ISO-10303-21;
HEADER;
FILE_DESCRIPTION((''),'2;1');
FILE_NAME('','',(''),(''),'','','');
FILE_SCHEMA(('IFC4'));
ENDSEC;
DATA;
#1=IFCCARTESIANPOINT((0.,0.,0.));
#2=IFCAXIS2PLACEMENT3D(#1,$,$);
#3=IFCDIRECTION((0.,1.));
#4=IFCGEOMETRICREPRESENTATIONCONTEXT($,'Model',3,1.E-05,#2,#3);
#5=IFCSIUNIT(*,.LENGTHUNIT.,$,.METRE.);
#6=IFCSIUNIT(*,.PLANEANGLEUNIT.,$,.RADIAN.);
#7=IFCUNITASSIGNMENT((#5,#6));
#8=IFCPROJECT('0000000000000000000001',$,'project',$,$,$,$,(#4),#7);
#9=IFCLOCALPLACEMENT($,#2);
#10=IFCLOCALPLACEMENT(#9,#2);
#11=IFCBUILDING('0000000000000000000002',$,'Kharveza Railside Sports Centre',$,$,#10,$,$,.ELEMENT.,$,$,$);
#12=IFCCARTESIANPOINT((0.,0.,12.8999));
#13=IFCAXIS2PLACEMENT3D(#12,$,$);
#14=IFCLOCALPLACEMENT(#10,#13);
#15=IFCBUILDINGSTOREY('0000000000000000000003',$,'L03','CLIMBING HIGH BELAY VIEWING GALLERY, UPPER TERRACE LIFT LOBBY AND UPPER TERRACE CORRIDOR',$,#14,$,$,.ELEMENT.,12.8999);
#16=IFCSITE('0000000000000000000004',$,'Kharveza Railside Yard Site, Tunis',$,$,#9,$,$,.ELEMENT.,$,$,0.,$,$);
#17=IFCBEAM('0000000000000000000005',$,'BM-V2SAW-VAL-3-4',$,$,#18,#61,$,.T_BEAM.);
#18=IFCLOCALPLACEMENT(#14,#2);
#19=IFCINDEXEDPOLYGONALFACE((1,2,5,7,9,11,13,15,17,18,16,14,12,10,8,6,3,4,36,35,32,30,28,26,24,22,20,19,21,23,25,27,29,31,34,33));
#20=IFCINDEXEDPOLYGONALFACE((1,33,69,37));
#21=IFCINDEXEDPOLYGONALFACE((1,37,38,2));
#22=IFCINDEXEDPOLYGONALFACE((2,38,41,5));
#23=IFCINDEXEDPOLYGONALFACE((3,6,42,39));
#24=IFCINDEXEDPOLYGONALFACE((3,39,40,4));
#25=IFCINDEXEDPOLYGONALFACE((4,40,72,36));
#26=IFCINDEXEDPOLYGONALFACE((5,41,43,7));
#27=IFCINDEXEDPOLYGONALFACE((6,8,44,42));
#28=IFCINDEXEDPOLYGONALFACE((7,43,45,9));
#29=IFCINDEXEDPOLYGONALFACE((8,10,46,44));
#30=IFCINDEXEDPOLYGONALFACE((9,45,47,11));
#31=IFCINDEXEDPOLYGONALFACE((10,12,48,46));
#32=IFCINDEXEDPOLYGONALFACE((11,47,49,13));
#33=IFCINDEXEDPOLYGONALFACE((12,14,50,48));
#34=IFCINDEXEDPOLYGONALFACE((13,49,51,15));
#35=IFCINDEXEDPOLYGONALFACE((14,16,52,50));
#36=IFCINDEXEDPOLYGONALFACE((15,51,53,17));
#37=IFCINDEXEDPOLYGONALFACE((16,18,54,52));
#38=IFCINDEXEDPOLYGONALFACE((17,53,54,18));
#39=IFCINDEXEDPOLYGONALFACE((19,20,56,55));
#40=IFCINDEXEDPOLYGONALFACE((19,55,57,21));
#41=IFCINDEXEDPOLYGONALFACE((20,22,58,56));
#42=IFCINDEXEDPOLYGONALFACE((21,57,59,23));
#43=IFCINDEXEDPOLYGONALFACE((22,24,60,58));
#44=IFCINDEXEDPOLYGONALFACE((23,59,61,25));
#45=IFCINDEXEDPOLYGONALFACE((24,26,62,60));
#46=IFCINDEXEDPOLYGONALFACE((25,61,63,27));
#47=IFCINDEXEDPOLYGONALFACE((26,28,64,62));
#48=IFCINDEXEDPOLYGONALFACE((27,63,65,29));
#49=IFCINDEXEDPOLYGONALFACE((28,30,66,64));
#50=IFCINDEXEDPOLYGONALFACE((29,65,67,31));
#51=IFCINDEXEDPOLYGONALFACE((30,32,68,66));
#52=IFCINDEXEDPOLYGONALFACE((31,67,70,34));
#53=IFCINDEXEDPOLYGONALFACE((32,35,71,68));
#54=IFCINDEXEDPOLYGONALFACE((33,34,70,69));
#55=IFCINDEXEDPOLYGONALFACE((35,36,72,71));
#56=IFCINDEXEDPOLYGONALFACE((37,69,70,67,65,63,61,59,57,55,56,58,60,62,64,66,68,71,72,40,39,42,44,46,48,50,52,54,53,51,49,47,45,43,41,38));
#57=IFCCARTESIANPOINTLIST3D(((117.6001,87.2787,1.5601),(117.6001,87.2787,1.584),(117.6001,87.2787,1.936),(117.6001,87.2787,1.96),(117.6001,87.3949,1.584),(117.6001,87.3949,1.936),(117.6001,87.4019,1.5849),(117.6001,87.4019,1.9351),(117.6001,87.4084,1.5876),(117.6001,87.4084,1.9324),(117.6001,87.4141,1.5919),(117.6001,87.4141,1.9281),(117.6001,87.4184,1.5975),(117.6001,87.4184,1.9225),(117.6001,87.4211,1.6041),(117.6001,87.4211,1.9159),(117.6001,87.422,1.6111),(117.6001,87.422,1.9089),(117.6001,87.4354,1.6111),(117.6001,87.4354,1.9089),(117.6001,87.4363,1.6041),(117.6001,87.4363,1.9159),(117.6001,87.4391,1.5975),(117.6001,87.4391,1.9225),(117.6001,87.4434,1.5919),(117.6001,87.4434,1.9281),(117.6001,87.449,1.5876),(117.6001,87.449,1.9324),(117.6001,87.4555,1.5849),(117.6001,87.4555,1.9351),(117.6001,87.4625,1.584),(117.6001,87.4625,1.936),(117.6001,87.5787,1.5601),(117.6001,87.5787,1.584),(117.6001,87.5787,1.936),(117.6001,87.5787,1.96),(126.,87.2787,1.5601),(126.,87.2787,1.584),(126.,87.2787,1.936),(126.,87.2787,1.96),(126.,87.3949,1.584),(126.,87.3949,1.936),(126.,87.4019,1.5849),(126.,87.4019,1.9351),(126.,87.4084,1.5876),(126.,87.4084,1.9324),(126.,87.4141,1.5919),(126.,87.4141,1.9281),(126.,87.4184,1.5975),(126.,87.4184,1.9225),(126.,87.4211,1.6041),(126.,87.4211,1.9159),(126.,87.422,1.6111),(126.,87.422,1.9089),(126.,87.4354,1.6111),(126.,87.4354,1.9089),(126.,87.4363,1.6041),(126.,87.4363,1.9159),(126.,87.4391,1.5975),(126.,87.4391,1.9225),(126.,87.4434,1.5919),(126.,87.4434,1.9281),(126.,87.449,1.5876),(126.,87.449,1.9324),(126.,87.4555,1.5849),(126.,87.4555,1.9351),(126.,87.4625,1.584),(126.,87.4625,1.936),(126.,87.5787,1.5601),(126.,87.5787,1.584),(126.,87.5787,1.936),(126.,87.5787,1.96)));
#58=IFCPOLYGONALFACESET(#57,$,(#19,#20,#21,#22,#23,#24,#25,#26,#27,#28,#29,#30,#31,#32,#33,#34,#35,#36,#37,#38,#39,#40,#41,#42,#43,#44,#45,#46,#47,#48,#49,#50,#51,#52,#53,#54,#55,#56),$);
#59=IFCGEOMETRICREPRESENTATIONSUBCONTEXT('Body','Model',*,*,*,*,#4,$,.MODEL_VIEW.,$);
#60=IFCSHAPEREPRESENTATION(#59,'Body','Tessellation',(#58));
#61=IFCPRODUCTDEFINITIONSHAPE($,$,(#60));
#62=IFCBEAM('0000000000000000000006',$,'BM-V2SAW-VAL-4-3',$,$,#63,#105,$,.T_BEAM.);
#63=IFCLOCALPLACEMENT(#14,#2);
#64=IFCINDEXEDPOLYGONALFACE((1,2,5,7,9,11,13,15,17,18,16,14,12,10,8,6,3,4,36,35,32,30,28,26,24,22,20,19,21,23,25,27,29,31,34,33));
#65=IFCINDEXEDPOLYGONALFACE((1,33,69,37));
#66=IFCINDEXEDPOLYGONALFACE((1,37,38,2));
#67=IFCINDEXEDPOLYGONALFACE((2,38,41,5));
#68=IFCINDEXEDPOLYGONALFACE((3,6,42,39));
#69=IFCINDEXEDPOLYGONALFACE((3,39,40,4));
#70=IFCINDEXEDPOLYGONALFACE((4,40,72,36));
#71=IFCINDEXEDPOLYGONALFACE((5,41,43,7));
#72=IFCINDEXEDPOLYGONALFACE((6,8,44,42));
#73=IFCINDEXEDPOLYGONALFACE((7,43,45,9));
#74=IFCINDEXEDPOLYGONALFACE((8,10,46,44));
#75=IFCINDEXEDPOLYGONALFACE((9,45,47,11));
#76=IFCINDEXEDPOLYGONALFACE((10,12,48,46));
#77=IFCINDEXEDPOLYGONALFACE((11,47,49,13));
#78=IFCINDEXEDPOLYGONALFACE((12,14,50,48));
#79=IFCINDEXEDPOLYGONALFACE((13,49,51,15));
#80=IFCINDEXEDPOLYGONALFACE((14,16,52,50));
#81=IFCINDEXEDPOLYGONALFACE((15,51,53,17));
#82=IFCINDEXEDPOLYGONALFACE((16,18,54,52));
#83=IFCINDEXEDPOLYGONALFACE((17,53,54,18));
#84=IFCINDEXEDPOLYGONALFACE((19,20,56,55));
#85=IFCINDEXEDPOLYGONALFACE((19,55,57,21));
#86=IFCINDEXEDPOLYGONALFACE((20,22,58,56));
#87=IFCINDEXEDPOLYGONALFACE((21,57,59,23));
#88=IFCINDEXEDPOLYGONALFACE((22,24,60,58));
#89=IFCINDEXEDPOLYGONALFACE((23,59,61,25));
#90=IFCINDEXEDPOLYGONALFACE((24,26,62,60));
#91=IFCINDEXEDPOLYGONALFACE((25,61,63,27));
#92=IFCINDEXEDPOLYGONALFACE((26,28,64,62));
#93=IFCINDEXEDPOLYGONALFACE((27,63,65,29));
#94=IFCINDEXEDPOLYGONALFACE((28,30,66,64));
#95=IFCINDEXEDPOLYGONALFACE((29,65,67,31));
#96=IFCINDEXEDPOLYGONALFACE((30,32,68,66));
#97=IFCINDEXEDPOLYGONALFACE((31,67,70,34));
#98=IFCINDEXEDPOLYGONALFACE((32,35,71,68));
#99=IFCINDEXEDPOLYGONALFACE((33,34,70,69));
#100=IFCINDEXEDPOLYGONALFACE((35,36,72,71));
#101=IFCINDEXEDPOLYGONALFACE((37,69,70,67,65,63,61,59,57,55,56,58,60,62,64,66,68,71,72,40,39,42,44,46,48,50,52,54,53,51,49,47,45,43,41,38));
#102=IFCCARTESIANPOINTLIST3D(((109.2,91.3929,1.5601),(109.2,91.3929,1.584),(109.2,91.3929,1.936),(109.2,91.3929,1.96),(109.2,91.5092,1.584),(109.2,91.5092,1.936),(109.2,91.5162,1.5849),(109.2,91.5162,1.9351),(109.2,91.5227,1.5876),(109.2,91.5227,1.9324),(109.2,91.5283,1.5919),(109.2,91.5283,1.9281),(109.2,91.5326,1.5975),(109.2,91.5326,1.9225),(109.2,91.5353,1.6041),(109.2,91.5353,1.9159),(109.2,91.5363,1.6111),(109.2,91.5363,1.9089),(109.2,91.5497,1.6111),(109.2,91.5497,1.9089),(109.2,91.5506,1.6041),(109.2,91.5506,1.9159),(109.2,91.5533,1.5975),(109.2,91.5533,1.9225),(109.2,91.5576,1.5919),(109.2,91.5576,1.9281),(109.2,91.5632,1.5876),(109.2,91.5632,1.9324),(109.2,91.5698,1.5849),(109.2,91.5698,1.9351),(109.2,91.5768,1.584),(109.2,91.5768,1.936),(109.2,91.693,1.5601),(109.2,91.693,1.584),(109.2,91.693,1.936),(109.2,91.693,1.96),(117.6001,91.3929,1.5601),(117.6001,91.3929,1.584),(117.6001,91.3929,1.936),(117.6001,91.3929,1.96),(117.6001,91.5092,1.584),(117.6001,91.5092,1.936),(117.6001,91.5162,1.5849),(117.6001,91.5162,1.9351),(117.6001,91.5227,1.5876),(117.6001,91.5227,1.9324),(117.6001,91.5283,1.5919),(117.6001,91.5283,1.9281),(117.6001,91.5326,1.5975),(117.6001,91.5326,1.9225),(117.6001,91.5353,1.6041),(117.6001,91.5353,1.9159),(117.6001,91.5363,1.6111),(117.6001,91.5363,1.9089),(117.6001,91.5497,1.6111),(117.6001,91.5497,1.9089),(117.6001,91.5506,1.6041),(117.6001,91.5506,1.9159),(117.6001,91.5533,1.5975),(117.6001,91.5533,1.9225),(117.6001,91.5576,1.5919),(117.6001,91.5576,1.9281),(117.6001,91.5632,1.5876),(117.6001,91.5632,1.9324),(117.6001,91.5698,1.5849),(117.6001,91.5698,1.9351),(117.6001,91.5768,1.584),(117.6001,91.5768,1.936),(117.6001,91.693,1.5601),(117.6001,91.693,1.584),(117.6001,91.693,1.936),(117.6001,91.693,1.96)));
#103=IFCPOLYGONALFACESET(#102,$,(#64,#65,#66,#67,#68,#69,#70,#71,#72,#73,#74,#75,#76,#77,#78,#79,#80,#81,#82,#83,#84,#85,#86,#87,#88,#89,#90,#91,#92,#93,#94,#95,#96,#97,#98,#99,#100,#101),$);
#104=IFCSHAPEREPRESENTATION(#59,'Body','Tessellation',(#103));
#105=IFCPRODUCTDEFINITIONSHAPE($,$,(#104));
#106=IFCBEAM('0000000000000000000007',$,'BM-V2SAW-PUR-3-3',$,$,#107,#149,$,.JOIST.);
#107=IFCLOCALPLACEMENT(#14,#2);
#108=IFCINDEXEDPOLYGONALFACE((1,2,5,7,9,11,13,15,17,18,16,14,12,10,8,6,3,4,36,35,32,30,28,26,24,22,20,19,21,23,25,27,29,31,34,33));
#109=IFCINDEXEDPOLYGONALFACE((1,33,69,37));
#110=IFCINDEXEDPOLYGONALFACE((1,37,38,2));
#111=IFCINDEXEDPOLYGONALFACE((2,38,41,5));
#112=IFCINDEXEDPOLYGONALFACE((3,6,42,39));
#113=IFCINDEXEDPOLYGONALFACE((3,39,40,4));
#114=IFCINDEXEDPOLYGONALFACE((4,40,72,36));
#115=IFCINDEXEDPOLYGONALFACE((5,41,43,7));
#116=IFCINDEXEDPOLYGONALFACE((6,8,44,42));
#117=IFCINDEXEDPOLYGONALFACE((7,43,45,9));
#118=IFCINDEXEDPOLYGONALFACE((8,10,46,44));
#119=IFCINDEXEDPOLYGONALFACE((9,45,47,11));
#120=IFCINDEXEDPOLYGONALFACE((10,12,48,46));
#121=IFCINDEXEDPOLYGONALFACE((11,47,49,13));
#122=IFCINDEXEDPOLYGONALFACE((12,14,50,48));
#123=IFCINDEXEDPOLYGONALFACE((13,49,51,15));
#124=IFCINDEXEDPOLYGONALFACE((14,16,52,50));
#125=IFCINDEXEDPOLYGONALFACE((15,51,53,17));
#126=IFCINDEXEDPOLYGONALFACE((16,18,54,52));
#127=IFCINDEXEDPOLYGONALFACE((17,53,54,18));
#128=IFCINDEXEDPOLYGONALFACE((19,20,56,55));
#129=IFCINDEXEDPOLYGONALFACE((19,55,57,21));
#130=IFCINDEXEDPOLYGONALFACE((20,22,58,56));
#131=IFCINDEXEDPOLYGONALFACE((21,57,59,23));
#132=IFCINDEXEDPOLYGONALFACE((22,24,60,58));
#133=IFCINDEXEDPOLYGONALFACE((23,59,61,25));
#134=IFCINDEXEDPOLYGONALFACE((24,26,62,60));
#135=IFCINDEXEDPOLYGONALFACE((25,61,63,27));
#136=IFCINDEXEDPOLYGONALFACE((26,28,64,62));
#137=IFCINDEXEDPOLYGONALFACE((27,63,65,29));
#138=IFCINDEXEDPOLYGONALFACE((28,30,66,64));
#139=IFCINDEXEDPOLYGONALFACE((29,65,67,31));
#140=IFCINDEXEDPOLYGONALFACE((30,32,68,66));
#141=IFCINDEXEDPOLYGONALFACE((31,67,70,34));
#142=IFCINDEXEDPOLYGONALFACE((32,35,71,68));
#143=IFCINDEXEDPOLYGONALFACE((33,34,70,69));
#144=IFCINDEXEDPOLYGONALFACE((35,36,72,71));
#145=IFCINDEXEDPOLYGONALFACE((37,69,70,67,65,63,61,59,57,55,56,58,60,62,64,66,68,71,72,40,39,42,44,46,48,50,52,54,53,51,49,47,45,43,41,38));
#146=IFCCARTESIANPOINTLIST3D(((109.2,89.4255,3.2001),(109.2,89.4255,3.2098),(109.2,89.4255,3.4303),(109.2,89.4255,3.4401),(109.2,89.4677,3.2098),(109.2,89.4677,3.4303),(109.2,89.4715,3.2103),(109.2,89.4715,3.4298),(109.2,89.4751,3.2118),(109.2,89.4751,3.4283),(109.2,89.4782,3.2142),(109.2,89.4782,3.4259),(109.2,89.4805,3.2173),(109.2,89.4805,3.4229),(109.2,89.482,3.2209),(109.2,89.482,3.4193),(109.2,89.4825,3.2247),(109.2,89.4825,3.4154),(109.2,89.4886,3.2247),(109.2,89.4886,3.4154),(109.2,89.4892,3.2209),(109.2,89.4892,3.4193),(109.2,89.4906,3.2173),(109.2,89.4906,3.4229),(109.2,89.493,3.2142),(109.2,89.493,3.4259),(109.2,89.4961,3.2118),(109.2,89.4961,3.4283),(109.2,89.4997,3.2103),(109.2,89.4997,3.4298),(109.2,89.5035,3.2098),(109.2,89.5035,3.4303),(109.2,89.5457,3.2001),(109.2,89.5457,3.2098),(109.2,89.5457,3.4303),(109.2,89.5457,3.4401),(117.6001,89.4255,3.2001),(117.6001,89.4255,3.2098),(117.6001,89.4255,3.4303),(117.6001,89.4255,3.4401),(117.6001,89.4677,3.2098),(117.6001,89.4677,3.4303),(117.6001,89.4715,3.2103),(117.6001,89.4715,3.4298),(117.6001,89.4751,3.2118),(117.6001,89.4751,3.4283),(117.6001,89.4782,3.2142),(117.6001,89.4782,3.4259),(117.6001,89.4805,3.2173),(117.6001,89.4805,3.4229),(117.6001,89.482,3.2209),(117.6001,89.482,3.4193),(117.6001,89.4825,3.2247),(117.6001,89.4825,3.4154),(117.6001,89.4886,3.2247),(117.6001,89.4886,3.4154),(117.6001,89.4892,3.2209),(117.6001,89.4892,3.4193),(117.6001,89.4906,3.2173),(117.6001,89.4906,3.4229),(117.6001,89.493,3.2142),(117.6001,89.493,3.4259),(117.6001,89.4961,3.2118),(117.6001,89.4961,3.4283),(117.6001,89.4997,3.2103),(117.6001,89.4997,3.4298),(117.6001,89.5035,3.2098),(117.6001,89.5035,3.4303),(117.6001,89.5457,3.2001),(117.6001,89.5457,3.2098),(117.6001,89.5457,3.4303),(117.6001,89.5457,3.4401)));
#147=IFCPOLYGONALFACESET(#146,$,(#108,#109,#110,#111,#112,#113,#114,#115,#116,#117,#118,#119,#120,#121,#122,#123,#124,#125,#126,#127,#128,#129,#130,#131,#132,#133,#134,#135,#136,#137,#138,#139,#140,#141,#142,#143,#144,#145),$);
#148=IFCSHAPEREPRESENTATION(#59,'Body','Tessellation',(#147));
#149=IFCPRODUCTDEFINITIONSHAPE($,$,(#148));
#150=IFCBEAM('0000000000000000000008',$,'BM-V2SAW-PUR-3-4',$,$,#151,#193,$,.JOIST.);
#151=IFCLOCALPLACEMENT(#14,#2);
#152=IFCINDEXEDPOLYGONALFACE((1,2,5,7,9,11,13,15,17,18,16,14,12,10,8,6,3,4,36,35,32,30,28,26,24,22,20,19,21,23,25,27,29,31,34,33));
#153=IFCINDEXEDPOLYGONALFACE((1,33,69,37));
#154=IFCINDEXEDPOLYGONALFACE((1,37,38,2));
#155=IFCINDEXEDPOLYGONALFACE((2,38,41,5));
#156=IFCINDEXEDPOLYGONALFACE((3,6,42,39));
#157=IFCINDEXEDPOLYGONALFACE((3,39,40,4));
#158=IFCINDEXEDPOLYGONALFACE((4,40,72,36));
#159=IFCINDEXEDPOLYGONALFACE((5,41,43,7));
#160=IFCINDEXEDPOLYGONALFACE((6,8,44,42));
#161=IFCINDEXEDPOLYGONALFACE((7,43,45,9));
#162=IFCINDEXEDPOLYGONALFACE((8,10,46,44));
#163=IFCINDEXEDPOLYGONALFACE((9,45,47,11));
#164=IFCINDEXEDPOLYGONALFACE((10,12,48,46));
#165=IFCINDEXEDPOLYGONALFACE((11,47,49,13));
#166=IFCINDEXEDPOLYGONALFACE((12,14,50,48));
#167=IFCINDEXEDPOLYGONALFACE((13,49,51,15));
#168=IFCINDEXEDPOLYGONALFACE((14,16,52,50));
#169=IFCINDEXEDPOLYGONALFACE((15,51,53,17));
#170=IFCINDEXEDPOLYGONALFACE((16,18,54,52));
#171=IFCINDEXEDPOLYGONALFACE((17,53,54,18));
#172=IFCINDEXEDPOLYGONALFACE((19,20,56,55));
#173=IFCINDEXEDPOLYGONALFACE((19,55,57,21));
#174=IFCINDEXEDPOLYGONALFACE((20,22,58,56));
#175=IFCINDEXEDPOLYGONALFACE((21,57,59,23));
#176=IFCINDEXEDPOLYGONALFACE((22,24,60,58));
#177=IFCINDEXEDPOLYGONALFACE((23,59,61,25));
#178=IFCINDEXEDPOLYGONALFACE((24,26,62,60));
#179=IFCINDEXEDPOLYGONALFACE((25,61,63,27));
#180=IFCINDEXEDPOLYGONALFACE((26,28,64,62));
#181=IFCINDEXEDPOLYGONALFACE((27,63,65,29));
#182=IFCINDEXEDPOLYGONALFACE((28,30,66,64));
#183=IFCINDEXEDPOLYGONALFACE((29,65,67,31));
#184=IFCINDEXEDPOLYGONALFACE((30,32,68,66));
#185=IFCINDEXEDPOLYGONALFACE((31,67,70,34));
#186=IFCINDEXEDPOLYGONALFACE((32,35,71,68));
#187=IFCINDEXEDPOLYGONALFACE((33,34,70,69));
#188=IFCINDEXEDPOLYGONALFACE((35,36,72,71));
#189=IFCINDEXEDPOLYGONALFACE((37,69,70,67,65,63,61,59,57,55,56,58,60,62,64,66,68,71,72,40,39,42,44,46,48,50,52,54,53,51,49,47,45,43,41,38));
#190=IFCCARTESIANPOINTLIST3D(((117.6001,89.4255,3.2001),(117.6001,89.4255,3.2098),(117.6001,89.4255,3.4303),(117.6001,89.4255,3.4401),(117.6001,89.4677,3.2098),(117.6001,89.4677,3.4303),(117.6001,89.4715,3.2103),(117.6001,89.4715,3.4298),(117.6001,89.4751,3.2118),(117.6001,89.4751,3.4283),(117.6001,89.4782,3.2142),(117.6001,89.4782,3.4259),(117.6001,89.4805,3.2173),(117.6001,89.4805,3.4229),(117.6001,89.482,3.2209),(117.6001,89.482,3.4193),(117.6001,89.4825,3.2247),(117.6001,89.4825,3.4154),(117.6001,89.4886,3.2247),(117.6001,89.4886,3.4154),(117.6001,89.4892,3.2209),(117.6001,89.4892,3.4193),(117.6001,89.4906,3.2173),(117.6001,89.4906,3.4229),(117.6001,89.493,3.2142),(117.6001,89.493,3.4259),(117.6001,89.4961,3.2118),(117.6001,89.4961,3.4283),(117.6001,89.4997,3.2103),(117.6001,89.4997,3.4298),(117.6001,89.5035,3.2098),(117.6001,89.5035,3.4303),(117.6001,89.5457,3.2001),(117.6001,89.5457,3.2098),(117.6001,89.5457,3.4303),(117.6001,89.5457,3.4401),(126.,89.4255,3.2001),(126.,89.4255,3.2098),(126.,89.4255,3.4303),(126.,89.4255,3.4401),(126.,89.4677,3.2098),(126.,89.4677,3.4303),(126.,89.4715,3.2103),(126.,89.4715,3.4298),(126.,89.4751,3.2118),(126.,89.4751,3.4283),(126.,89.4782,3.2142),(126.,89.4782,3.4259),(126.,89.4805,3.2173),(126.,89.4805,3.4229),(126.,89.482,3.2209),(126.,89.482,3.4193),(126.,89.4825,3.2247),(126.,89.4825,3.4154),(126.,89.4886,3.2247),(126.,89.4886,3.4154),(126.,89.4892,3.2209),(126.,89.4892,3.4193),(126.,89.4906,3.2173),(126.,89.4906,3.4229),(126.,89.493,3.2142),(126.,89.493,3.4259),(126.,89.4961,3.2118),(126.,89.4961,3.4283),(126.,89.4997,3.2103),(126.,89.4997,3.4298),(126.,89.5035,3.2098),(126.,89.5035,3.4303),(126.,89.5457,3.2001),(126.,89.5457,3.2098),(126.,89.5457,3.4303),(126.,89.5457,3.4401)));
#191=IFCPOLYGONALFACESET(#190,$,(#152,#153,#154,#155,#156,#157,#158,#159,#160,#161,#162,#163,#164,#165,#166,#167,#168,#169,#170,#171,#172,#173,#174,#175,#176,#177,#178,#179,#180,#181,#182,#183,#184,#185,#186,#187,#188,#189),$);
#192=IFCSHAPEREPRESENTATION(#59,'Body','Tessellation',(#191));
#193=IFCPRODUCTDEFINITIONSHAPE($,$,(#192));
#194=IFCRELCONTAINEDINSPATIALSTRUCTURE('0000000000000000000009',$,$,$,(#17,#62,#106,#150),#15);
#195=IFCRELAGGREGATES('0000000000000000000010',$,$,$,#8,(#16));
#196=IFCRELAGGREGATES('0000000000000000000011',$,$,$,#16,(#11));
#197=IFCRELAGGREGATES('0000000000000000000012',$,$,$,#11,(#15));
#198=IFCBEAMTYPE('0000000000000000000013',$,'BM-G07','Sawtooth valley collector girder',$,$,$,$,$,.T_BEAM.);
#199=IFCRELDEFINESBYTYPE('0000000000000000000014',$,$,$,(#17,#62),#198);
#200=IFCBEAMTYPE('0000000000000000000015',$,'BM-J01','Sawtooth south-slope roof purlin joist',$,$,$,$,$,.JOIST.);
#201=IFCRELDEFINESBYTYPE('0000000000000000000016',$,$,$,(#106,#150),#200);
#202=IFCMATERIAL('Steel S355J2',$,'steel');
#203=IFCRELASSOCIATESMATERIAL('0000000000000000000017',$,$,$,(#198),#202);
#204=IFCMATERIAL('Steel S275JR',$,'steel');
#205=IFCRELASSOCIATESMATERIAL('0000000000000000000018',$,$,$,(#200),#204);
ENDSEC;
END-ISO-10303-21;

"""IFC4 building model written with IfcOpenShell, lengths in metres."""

from ifc_helpers import new_model, si_unit, direction, frame, origin, origin_2d, place, context, subcontext, project, spatial, i_section, extrude, material, material_profile, profile_set, type_object, element, save


model = new_model("IFC4")

# Units and contexts
model_context = context("Model", 3, precision=1e-05, world=origin(), true_north=direction((0.0, 1.0)))
body_context = subcontext(model_context, "Body", "Model", "MODEL_VIEW")
ifc_project = project(units=[si_unit("LENGTHUNIT", "METRE"), si_unit("PLANEANGLEUNIT", "RADIAN")], contexts=[model_context])

# Site, building, storey
site_placement = place(None, origin())
site = spatial("IfcSite", under=ifc_project, at=site_placement, Name="Kharveza Railside Yard Site, Tunis", CompositionType="ELEMENT", RefElevation=0.0)
building_placement = place(site_placement, origin())
building = spatial("IfcBuilding", under=site, at=building_placement, Name="Kharveza Railside Sports Centre", CompositionType="ELEMENT")
storey_placement = place(building_placement, frame((0.0, 0.0, 12.8999)))
storey = spatial("IfcBuildingStorey", under=building, at=storey_placement, Name="L03", Description="CLIMBING HIGH BELAY VIEWING GALLERY, UPPER TERRACE LIFT LOBBY AND UPPER TERRACE CORRIDOR", CompositionType="ELEMENT", Elevation=12.8999)

# Beams
ifc_material_1 = material(Name="Steel S355J2", Category="steel")
ifc_material_profile_1 = material_profile(ifc_material_1, i_section(OverallWidth=0.3, OverallDepth=0.3999, WebThickness=0.0134, FlangeThickness=0.0239, FilletRadius=0.0271, at=origin_2d()), Name="HEB 400")
ifc_profile_set_1 = profile_set([ifc_material_profile_1], Name="Steel S355J2")
beam_type_1 = type_object("IfcBeamType", Name="BM-G07", Description="Sawtooth valley collector girder", PredefinedType="T_BEAM", material=ifc_profile_set_1)
beam_1_placement = place(storey_placement, frame((117.6001, 87.4287, 1.76), z_axis=(1.0, 0.0, 0.0), x_axis=(0.0, 1.0, 0.0)))
element("IfcBeam", 1, at=beam_1_placement, inside=storey, type_object=beam_type_1, Name="BM-V2SAW-VAL-3-4", PredefinedType="T_BEAM", context=body_context, shape_type="SweptSolid", body=[
    extrude(i_section(OverallWidth=0.3, OverallDepth=0.3999, WebThickness=0.0134, FlangeThickness=0.0239, FilletRadius=0.0271, at=origin_2d()), origin(), (0.0, 0.0, 1.0), 8.3999),
])
beam_2_placement = place(storey_placement, frame((109.2, 91.543, 1.76), z_axis=(1.0, 0.0, 0.0), x_axis=(0.0, 1.0, 0.0)))
element("IfcBeam", 2, at=beam_2_placement, inside=storey, type_object=beam_type_1, Name="BM-V2SAW-VAL-4-3", PredefinedType="T_BEAM", context=body_context, shape_type="SweptSolid", body=[
    extrude(i_section(OverallWidth=0.3, OverallDepth=0.3999, WebThickness=0.0134, FlangeThickness=0.0239, FilletRadius=0.0271, at=origin_2d()), origin(), (0.0, 0.0, 1.0), 8.4001),
])
ifc_material_2 = material(Name="Steel S275JR", Category="steel")
ifc_material_profile_2 = material_profile(ifc_material_2, i_section(OverallWidth=0.1201, OverallDepth=0.24, WebThickness=0.0061, FlangeThickness=0.0098, FilletRadius=0.0149, at=origin_2d()), Name="IPE 240")
ifc_profile_set_2 = profile_set([ifc_material_profile_2], Name="Steel S275JR")
beam_type_2 = type_object("IfcBeamType", Name="BM-J01", Description="Sawtooth south-slope roof purlin joist", PredefinedType="JOIST", material=ifc_profile_set_2)
beam_3_placement = place(storey_placement, frame((109.2, 89.4856, 3.3201), z_axis=(1.0, 0.0, 0.0), x_axis=(0.0, 1.0, 0.0)))
element("IfcBeam", 3, at=beam_3_placement, inside=storey, type_object=beam_type_2, Name="BM-V2SAW-PUR-3-3", PredefinedType="JOIST", context=body_context, shape_type="SweptSolid", body=[
    extrude(i_section(OverallWidth=0.1201, OverallDepth=0.24, WebThickness=0.0061, FlangeThickness=0.0098, FilletRadius=0.0149, at=origin_2d()), origin(), (0.0, 0.0, 1.0), 8.4001),
])
beam_4_placement = place(storey_placement, frame((117.6001, 89.4856, 3.3201), z_axis=(1.0, 0.0, 0.0), x_axis=(0.0, 1.0, 0.0)))
element("IfcBeam", 4, at=beam_4_placement, inside=storey, type_object=beam_type_2, Name="BM-V2SAW-PUR-3-4", PredefinedType="JOIST", context=body_context, shape_type="SweptSolid", body=[
    extrude(i_section(OverallWidth=0.1201, OverallDepth=0.24, WebThickness=0.0061, FlangeThickness=0.0098, FilletRadius=0.0149, at=origin_2d()), origin(), (0.0, 0.0, 1.0), 8.3999),
])

save(model, "model.ifc")
